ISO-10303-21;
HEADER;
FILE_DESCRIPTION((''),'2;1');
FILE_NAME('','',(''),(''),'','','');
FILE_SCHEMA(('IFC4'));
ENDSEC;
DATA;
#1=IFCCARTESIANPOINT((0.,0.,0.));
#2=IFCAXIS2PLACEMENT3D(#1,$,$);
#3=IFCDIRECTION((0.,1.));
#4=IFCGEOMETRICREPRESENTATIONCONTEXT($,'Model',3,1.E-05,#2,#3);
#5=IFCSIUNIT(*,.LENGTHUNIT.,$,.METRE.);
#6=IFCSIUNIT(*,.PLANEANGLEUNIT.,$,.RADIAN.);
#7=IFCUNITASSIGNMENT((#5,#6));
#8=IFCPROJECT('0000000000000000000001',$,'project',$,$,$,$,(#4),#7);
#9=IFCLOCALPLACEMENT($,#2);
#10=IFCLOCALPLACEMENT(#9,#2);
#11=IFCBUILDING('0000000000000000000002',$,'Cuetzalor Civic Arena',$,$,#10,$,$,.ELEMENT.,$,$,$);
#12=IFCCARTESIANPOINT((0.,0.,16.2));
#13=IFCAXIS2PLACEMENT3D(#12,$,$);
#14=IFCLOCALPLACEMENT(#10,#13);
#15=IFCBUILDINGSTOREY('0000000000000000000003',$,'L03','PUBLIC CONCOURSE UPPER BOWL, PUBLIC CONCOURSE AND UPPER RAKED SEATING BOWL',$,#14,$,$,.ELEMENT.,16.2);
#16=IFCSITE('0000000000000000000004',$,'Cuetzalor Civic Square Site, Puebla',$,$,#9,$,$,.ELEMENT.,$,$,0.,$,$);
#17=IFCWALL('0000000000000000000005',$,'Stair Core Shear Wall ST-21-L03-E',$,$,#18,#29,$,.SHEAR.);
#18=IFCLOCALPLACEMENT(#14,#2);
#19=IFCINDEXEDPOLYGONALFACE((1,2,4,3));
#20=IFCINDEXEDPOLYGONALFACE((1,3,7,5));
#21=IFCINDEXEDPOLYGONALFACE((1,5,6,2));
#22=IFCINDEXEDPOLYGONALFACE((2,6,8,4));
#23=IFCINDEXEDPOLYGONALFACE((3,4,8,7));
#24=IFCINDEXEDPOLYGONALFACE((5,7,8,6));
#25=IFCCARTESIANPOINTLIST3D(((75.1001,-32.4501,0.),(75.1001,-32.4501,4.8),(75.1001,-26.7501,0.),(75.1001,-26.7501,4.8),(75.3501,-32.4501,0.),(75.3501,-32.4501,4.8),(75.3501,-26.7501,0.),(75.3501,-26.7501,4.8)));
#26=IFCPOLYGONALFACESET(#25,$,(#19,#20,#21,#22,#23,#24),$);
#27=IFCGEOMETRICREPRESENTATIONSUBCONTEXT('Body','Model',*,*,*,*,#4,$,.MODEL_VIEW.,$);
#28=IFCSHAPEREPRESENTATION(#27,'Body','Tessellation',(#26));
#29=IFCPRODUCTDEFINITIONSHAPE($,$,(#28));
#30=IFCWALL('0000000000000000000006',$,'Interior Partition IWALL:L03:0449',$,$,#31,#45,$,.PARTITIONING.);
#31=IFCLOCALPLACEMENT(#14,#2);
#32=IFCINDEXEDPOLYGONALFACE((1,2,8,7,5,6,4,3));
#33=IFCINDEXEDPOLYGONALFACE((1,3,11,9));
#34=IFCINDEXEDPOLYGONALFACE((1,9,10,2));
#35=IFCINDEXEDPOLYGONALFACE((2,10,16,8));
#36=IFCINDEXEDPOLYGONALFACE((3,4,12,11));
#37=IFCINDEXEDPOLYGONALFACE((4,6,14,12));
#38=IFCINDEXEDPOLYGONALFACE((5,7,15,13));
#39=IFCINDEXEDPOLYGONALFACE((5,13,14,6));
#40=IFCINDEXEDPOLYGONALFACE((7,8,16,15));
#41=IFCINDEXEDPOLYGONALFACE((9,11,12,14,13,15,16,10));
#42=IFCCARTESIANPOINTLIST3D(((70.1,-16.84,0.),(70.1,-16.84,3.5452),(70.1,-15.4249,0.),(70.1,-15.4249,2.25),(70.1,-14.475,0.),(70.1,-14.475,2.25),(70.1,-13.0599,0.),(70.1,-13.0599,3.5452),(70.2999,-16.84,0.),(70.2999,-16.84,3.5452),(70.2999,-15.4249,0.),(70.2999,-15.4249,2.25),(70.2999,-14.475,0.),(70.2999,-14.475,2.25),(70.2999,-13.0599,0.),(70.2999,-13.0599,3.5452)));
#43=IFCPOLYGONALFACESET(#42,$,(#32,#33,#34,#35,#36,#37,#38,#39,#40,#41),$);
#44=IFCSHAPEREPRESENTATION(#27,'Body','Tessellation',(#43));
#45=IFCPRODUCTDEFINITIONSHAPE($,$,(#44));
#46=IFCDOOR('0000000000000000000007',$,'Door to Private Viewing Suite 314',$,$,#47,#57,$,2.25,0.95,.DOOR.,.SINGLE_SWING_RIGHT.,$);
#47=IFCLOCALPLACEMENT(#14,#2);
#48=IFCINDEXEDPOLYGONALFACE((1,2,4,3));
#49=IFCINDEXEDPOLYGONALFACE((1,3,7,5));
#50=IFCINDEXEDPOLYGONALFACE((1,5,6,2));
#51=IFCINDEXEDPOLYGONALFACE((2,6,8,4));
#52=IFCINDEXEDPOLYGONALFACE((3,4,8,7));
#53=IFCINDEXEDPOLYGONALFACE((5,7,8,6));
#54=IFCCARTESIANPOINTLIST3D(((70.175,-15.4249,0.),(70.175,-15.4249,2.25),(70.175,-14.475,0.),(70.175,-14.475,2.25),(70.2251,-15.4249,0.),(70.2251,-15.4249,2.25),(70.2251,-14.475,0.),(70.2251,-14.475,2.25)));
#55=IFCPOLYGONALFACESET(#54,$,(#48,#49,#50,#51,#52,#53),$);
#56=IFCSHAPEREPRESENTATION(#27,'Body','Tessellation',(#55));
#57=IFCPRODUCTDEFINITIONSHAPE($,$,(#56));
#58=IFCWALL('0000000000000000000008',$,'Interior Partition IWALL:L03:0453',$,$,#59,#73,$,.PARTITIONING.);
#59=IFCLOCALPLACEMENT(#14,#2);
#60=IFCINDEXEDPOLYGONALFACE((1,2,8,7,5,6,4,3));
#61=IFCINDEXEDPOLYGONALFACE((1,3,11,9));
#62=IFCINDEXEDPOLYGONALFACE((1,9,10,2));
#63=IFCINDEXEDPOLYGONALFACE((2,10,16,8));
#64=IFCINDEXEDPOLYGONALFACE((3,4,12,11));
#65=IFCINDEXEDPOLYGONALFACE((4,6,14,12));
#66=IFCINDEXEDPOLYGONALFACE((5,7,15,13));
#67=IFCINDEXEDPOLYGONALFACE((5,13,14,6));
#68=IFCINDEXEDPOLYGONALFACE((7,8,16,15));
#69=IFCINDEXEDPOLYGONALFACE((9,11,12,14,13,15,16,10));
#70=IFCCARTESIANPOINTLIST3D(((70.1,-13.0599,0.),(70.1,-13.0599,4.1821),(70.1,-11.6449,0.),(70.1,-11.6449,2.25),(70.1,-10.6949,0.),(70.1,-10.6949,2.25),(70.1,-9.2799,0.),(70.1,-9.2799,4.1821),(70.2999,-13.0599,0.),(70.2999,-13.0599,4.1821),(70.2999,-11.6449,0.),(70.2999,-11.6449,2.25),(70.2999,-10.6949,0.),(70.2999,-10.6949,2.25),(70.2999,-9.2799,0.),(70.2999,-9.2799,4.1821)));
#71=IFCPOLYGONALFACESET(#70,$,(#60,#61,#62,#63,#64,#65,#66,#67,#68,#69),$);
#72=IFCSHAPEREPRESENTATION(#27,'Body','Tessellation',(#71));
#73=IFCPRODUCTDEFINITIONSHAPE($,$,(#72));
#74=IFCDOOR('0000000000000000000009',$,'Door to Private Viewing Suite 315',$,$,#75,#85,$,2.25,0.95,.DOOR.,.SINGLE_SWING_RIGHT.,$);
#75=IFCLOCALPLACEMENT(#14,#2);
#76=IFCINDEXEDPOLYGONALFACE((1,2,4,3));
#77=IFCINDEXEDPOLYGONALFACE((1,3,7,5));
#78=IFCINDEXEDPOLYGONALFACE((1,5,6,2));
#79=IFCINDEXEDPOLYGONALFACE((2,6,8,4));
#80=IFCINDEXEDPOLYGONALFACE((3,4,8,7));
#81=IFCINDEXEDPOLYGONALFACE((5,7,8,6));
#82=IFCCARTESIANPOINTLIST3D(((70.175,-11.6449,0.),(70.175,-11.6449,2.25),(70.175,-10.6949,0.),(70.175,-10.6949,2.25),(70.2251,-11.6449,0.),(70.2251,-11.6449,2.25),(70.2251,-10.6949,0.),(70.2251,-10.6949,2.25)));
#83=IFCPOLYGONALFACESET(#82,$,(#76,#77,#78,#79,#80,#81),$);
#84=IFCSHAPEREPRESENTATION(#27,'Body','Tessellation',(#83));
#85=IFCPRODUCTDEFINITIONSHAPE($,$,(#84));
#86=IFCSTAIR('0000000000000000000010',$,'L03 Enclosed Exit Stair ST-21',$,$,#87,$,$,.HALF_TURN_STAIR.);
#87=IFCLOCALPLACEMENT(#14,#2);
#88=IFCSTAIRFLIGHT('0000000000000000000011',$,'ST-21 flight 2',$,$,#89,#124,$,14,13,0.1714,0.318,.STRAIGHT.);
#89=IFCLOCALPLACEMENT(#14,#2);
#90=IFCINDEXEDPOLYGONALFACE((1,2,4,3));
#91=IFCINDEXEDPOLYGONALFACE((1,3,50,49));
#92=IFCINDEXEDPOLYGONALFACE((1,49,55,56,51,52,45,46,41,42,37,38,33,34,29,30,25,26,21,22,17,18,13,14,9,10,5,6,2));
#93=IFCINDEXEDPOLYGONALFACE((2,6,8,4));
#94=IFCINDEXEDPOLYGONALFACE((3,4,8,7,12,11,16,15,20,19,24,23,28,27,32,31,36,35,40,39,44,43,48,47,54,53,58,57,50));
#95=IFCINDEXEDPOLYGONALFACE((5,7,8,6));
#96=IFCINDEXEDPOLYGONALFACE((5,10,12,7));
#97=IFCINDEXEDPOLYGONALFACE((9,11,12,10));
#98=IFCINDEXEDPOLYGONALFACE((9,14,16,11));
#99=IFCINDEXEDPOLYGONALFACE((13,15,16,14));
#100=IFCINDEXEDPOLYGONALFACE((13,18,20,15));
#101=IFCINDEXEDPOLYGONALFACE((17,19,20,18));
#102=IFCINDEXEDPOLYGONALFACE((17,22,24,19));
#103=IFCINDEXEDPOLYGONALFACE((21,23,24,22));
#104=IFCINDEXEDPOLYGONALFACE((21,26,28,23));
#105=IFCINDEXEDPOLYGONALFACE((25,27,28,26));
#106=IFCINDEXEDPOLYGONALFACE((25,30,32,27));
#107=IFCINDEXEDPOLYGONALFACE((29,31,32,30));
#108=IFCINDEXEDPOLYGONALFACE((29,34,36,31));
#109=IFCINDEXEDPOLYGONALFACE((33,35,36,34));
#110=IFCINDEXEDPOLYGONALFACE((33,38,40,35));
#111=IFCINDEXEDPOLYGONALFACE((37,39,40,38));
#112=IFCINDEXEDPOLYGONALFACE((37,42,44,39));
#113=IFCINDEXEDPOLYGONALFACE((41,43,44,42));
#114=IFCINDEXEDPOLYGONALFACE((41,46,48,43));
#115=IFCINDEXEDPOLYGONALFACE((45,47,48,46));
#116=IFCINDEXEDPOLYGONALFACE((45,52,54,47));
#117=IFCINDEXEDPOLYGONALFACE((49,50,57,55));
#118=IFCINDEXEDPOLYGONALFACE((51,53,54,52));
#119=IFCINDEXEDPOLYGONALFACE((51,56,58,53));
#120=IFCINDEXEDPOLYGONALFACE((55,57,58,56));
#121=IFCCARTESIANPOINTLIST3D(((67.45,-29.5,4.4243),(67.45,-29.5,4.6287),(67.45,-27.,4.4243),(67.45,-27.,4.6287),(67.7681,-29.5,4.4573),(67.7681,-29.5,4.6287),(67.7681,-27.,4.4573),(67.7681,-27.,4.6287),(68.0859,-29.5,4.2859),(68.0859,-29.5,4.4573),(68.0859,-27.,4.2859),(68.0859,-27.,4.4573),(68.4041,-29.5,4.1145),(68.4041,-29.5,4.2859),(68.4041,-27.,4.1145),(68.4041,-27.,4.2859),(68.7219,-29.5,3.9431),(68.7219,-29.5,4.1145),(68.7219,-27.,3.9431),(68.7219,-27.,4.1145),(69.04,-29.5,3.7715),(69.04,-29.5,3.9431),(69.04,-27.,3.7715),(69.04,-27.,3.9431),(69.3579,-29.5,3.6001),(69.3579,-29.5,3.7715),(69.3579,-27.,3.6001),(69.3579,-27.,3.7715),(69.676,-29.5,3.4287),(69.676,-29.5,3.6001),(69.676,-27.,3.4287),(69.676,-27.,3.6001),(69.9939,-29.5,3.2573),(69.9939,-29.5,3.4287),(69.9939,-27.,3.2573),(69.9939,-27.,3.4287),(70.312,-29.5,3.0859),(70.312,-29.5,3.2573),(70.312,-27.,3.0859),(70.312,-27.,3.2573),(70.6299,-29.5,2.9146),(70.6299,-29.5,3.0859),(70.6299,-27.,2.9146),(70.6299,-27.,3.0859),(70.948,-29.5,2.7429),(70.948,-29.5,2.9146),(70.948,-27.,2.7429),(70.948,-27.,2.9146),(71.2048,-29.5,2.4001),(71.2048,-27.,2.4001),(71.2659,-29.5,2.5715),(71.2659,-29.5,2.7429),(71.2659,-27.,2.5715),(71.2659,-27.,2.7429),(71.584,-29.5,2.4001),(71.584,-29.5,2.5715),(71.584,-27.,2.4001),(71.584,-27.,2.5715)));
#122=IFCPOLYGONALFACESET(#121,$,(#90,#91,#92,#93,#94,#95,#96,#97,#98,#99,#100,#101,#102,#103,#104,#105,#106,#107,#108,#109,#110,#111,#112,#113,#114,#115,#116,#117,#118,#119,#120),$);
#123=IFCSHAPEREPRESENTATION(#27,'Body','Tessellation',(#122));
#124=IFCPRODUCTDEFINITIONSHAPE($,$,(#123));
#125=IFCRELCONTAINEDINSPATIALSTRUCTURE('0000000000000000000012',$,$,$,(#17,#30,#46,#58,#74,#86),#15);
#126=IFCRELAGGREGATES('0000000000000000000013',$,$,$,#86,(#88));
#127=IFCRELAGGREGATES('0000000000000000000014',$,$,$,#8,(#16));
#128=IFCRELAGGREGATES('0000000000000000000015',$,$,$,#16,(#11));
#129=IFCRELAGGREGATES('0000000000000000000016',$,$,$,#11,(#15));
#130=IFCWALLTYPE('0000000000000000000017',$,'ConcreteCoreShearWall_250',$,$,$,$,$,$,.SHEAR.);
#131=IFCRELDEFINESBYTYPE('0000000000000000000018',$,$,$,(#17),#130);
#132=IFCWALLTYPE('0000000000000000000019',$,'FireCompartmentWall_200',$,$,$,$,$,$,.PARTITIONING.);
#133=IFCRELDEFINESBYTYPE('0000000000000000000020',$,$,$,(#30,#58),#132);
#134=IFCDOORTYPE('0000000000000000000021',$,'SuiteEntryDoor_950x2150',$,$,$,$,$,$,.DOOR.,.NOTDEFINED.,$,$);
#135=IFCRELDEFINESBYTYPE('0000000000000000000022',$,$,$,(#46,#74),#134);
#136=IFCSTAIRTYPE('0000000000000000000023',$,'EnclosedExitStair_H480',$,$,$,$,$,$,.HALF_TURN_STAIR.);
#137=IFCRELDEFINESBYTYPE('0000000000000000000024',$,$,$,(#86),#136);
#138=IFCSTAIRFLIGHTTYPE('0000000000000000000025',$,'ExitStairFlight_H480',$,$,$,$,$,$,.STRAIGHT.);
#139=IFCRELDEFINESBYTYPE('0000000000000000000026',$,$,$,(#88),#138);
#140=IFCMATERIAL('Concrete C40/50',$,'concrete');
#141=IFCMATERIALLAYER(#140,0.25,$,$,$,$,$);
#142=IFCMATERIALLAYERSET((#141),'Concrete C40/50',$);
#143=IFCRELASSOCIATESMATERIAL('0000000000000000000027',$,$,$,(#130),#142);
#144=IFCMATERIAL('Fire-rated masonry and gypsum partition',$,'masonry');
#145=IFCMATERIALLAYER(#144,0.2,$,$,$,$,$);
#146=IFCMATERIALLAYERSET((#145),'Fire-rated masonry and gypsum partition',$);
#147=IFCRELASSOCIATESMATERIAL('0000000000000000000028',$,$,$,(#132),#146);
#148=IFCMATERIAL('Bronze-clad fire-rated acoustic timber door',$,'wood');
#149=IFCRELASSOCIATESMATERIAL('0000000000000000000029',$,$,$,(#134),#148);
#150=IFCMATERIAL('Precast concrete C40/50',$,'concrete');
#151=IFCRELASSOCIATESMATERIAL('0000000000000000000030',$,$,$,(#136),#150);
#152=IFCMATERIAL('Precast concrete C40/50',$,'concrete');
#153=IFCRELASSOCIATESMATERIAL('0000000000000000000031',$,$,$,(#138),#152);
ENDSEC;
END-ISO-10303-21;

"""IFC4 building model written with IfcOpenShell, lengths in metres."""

from ifc_helpers import new_model, si_unit, direction, frame, frame_2d, origin, place, context, subcontext, project, spatial, polyline, rectangle, outline, extrude, material, layer, layer_set, type_object, element, fill, aggregate, save


model = new_model("IFC4")

# Units and contexts
model_context = context("Model", 3, precision=1e-05, world=origin(), true_north=direction((0.0, 1.0)))
body_context = subcontext(model_context, "Body", "Model", "MODEL_VIEW")
ifc_project = project(units=[si_unit("LENGTHUNIT", "METRE"), si_unit("PLANEANGLEUNIT", "RADIAN")], contexts=[model_context])

# Site, building, storey
site_placement = place(None, origin())
site = spatial("IfcSite", under=ifc_project, at=site_placement, Name="Cuetzalor Civic Square Site, Puebla", CompositionType="ELEMENT", RefElevation=0.0)
building_placement = place(site_placement, origin())
building = spatial("IfcBuilding", under=site, at=building_placement, Name="Cuetzalor Civic Arena", CompositionType="ELEMENT")
storey_placement = place(building_placement, frame((0.0, 0.0, 16.2)))
storey = spatial("IfcBuildingStorey", under=building, at=storey_placement, Name="L03", Description="PUBLIC CONCOURSE UPPER BOWL, PUBLIC CONCOURSE AND UPPER RAKED SEATING BOWL", CompositionType="ELEMENT", Elevation=16.2)

# Wall
ifc_material_1 = material(Name="Concrete C40/50", Category="concrete")
ifc_layer_1 = layer(ifc_material_1, 0.25)
ifc_layer_set_1 = layer_set([ifc_layer_1], Name="Concrete C40/50")
wall_type_1 = type_object("IfcWallType", Name="ConcreteCoreShearWall_250", PredefinedType="SHEAR", material=ifc_layer_set_1)
wall_1_placement = place(storey_placement, frame((75.2251, -26.75, 0.0), z_axis=(0.0, 0.0, 1.0), x_axis=(0.0, -1.0, 0.0)))
element("IfcWall", 1, at=wall_1_placement, inside=storey, type_object=wall_type_1, Name="Stair Core Shear Wall ST-21-L03-E", PredefinedType="SHEAR", context=body_context, shape_type="SweptSolid", body=[
    extrude(rectangle(XDim=5.7, YDim=0.25, at=frame_2d((2.8501, 0.0))), origin(), (0.0, 0.0, 1.0), 4.8),
])

# Walls, openings, doors
ifc_material_2 = material(Name="Fire-rated masonry and gypsum partition", Category="masonry")
ifc_layer_2 = layer(ifc_material_2, 0.2)
ifc_layer_set_2 = layer_set([ifc_layer_2], Name="Fire-rated masonry and gypsum partition")
wall_type_2 = type_object("IfcWallType", Name="FireCompartmentWall_200", PredefinedType="PARTITIONING", material=ifc_layer_set_2)
wall_2_placement = place(storey_placement, frame((70.2, -16.8401, 0.0), z_axis=(0.0, 0.0, 1.0), x_axis=(0.0, 1.0, 0.0)))
wall_2 = element("IfcWall", 2, at=wall_2_placement, inside=storey, type_object=wall_type_2, Name="Interior Partition IWALL:L03:0449", PredefinedType="PARTITIONING", context=body_context, shape_type="SweptSolid", body=[
    extrude(rectangle(XDim=3.78, YDim=0.2, at=frame_2d((1.8901, 0.0))), origin(), (0.0, 0.0, 1.0), 3.5452),
])
opening_1_placement = place(wall_2_placement, frame((1.415, 0.0, 0.0)))
opening_1 = element("IfcOpeningElement", 3, at=opening_1_placement, cuts=wall_2, PredefinedType="OPENING", context=body_context, shape_type="SweptSolid", body=[
    extrude(rectangle(XDim=0.95, YDim=2.25, at=frame_2d((0.4751, 1.125))), frame((0.0, 0.1099, 0.0), z_axis=(0.0, -1.0, 0.0), x_axis=(1.0, 0.0, 0.0)), (0.0, 0.0, 1.0), 0.22),
])
ifc_material_3 = material(Name="Bronze-clad fire-rated acoustic timber door", Category="wood")
door_type_1 = type_object("IfcDoorType", Name="SuiteEntryDoor_950x2150", OperationType="NOTDEFINED", PredefinedType="DOOR", material=ifc_material_3)
door_1_placement = place(opening_1_placement, origin())
door_1 = element("IfcDoor", 4, at=door_1_placement, inside=storey, type_object=door_type_1, Name="Door to Private Viewing Suite 314", OperationType="SINGLE_SWING_RIGHT", OverallHeight=2.25, OverallWidth=0.95, PredefinedType="DOOR", context=body_context, shape_type="SweptSolid", body=[
    extrude(rectangle(XDim=0.95, YDim=2.25, at=frame_2d((0.4751, 1.125))), frame((0.0, 0.0249, 0.0), z_axis=(0.0, -1.0, 0.0), x_axis=(1.0, 0.0, 0.0)), (0.0, 0.0, 1.0), 0.05),
])
fill(opening_1, door_1)
wall_3_placement = place(storey_placement, frame((70.2, -13.0601, 0.0), z_axis=(0.0, 0.0, 1.0), x_axis=(0.0, 1.0, 0.0)))
wall_3 = element("IfcWall", 5, at=wall_3_placement, inside=storey, type_object=wall_type_2, Name="Interior Partition IWALL:L03:0453", PredefinedType="PARTITIONING", context=body_context, shape_type="SweptSolid", body=[
    extrude(rectangle(XDim=3.78, YDim=0.2, at=frame_2d((1.8901, 0.0))), origin(), (0.0, 0.0, 1.0), 4.1821),
])
opening_2_placement = place(wall_3_placement, frame((1.415, 0.0, 0.0)))
opening_2 = element("IfcOpeningElement", 6, at=opening_2_placement, cuts=wall_3, PredefinedType="OPENING", context=body_context, shape_type="SweptSolid", body=[
    extrude(rectangle(XDim=0.95, YDim=2.25, at=frame_2d((0.4751, 1.125))), frame((0.0, 0.1099, 0.0), z_axis=(0.0, -1.0, 0.0), x_axis=(1.0, 0.0, 0.0)), (0.0, 0.0, 1.0), 0.22),
])
door_2_placement = place(opening_2_placement, origin())
door_2 = element("IfcDoor", 7, at=door_2_placement, inside=storey, type_object=door_type_1, Name="Door to Private Viewing Suite 315", OperationType="SINGLE_SWING_RIGHT", OverallHeight=2.25, OverallWidth=0.95, PredefinedType="DOOR", context=body_context, shape_type="SweptSolid", body=[
    extrude(rectangle(XDim=0.95, YDim=2.25, at=frame_2d((0.4751, 1.125))), frame((0.0, 0.0249, 0.0), z_axis=(0.0, -1.0, 0.0), x_axis=(1.0, 0.0, 0.0)), (0.0, 0.0, 1.0), 0.05),
])
fill(opening_2, door_2)

# Stair, stair flight
ifc_material_4 = material(Name="Precast concrete C40/50", Category="concrete")
stair_type = type_object("IfcStairType", Name="EnclosedExitStair_H480", PredefinedType="HALF_TURN_STAIR", material=ifc_material_4)
stair_placement = place(storey_placement, origin())
stair = element("IfcStair", 8, at=stair_placement, inside=storey, type_object=stair_type, Name="L03 Enclosed Exit Stair ST-21", PredefinedType="HALF_TURN_STAIR")
ifc_material_5 = material(Name="Precast concrete C40/50", Category="concrete")
stair_flight_type = type_object("IfcStairFlightType", Name="ExitStairFlight_H480", PredefinedType="STRAIGHT", material=ifc_material_5)
stair_flight_placement = place(storey_placement, frame((71.584, -28.25, 2.4001), z_axis=(0.0, 0.0, 1.0), x_axis=(-1.0, 0.0, 0.0)))
stair_flight = element("IfcStairFlight", 9, at=stair_flight_placement, type_object=stair_flight_type, Name="ST-21 flight 2", NumberOfRisers=14, NumberOfTreads=13, PredefinedType="STRAIGHT", RiserHeight=0.1714, TreadLength=0.318, context=body_context, shape_type="SweptSolid", body=[
    extrude(outline(polyline([(0.0, 0.0), (0.0, 0.1714), (0.3181, 0.1714), (0.3181, 0.3428), (0.636, 0.3428), (0.636, 0.5144), (0.9541, 0.5144), (0.9541, 0.6858), (1.272, 0.6858), (1.272, 0.8572), (1.5901, 0.8572), (1.5901, 1.0286), (1.908, 1.0286), (1.908, 1.2), (2.2261, 1.2), (2.2261, 1.3713), (2.5439, 1.3713), (2.5439, 1.543), (2.8621, 1.543), (2.8621, 1.7144), (3.1799, 1.7144), (3.1799, 1.8857), (3.498, 1.8857), (3.498, 2.0571), (3.8159, 2.0571), (3.8159, 2.2285), (4.134, 2.2285), (4.134, 2.3999), (4.134, 2.0242), (0.3792, 0.0), (0.0, 0.0)])), frame((0.0, 1.25, 0.0), z_axis=(0.0, -1.0, 0.0), x_axis=(1.0, 0.0, 0.0)), (0.0, 0.0, 1.0), 2.5),
])
aggregate(stair, [stair_flight])

save(model, "model.ifc")
